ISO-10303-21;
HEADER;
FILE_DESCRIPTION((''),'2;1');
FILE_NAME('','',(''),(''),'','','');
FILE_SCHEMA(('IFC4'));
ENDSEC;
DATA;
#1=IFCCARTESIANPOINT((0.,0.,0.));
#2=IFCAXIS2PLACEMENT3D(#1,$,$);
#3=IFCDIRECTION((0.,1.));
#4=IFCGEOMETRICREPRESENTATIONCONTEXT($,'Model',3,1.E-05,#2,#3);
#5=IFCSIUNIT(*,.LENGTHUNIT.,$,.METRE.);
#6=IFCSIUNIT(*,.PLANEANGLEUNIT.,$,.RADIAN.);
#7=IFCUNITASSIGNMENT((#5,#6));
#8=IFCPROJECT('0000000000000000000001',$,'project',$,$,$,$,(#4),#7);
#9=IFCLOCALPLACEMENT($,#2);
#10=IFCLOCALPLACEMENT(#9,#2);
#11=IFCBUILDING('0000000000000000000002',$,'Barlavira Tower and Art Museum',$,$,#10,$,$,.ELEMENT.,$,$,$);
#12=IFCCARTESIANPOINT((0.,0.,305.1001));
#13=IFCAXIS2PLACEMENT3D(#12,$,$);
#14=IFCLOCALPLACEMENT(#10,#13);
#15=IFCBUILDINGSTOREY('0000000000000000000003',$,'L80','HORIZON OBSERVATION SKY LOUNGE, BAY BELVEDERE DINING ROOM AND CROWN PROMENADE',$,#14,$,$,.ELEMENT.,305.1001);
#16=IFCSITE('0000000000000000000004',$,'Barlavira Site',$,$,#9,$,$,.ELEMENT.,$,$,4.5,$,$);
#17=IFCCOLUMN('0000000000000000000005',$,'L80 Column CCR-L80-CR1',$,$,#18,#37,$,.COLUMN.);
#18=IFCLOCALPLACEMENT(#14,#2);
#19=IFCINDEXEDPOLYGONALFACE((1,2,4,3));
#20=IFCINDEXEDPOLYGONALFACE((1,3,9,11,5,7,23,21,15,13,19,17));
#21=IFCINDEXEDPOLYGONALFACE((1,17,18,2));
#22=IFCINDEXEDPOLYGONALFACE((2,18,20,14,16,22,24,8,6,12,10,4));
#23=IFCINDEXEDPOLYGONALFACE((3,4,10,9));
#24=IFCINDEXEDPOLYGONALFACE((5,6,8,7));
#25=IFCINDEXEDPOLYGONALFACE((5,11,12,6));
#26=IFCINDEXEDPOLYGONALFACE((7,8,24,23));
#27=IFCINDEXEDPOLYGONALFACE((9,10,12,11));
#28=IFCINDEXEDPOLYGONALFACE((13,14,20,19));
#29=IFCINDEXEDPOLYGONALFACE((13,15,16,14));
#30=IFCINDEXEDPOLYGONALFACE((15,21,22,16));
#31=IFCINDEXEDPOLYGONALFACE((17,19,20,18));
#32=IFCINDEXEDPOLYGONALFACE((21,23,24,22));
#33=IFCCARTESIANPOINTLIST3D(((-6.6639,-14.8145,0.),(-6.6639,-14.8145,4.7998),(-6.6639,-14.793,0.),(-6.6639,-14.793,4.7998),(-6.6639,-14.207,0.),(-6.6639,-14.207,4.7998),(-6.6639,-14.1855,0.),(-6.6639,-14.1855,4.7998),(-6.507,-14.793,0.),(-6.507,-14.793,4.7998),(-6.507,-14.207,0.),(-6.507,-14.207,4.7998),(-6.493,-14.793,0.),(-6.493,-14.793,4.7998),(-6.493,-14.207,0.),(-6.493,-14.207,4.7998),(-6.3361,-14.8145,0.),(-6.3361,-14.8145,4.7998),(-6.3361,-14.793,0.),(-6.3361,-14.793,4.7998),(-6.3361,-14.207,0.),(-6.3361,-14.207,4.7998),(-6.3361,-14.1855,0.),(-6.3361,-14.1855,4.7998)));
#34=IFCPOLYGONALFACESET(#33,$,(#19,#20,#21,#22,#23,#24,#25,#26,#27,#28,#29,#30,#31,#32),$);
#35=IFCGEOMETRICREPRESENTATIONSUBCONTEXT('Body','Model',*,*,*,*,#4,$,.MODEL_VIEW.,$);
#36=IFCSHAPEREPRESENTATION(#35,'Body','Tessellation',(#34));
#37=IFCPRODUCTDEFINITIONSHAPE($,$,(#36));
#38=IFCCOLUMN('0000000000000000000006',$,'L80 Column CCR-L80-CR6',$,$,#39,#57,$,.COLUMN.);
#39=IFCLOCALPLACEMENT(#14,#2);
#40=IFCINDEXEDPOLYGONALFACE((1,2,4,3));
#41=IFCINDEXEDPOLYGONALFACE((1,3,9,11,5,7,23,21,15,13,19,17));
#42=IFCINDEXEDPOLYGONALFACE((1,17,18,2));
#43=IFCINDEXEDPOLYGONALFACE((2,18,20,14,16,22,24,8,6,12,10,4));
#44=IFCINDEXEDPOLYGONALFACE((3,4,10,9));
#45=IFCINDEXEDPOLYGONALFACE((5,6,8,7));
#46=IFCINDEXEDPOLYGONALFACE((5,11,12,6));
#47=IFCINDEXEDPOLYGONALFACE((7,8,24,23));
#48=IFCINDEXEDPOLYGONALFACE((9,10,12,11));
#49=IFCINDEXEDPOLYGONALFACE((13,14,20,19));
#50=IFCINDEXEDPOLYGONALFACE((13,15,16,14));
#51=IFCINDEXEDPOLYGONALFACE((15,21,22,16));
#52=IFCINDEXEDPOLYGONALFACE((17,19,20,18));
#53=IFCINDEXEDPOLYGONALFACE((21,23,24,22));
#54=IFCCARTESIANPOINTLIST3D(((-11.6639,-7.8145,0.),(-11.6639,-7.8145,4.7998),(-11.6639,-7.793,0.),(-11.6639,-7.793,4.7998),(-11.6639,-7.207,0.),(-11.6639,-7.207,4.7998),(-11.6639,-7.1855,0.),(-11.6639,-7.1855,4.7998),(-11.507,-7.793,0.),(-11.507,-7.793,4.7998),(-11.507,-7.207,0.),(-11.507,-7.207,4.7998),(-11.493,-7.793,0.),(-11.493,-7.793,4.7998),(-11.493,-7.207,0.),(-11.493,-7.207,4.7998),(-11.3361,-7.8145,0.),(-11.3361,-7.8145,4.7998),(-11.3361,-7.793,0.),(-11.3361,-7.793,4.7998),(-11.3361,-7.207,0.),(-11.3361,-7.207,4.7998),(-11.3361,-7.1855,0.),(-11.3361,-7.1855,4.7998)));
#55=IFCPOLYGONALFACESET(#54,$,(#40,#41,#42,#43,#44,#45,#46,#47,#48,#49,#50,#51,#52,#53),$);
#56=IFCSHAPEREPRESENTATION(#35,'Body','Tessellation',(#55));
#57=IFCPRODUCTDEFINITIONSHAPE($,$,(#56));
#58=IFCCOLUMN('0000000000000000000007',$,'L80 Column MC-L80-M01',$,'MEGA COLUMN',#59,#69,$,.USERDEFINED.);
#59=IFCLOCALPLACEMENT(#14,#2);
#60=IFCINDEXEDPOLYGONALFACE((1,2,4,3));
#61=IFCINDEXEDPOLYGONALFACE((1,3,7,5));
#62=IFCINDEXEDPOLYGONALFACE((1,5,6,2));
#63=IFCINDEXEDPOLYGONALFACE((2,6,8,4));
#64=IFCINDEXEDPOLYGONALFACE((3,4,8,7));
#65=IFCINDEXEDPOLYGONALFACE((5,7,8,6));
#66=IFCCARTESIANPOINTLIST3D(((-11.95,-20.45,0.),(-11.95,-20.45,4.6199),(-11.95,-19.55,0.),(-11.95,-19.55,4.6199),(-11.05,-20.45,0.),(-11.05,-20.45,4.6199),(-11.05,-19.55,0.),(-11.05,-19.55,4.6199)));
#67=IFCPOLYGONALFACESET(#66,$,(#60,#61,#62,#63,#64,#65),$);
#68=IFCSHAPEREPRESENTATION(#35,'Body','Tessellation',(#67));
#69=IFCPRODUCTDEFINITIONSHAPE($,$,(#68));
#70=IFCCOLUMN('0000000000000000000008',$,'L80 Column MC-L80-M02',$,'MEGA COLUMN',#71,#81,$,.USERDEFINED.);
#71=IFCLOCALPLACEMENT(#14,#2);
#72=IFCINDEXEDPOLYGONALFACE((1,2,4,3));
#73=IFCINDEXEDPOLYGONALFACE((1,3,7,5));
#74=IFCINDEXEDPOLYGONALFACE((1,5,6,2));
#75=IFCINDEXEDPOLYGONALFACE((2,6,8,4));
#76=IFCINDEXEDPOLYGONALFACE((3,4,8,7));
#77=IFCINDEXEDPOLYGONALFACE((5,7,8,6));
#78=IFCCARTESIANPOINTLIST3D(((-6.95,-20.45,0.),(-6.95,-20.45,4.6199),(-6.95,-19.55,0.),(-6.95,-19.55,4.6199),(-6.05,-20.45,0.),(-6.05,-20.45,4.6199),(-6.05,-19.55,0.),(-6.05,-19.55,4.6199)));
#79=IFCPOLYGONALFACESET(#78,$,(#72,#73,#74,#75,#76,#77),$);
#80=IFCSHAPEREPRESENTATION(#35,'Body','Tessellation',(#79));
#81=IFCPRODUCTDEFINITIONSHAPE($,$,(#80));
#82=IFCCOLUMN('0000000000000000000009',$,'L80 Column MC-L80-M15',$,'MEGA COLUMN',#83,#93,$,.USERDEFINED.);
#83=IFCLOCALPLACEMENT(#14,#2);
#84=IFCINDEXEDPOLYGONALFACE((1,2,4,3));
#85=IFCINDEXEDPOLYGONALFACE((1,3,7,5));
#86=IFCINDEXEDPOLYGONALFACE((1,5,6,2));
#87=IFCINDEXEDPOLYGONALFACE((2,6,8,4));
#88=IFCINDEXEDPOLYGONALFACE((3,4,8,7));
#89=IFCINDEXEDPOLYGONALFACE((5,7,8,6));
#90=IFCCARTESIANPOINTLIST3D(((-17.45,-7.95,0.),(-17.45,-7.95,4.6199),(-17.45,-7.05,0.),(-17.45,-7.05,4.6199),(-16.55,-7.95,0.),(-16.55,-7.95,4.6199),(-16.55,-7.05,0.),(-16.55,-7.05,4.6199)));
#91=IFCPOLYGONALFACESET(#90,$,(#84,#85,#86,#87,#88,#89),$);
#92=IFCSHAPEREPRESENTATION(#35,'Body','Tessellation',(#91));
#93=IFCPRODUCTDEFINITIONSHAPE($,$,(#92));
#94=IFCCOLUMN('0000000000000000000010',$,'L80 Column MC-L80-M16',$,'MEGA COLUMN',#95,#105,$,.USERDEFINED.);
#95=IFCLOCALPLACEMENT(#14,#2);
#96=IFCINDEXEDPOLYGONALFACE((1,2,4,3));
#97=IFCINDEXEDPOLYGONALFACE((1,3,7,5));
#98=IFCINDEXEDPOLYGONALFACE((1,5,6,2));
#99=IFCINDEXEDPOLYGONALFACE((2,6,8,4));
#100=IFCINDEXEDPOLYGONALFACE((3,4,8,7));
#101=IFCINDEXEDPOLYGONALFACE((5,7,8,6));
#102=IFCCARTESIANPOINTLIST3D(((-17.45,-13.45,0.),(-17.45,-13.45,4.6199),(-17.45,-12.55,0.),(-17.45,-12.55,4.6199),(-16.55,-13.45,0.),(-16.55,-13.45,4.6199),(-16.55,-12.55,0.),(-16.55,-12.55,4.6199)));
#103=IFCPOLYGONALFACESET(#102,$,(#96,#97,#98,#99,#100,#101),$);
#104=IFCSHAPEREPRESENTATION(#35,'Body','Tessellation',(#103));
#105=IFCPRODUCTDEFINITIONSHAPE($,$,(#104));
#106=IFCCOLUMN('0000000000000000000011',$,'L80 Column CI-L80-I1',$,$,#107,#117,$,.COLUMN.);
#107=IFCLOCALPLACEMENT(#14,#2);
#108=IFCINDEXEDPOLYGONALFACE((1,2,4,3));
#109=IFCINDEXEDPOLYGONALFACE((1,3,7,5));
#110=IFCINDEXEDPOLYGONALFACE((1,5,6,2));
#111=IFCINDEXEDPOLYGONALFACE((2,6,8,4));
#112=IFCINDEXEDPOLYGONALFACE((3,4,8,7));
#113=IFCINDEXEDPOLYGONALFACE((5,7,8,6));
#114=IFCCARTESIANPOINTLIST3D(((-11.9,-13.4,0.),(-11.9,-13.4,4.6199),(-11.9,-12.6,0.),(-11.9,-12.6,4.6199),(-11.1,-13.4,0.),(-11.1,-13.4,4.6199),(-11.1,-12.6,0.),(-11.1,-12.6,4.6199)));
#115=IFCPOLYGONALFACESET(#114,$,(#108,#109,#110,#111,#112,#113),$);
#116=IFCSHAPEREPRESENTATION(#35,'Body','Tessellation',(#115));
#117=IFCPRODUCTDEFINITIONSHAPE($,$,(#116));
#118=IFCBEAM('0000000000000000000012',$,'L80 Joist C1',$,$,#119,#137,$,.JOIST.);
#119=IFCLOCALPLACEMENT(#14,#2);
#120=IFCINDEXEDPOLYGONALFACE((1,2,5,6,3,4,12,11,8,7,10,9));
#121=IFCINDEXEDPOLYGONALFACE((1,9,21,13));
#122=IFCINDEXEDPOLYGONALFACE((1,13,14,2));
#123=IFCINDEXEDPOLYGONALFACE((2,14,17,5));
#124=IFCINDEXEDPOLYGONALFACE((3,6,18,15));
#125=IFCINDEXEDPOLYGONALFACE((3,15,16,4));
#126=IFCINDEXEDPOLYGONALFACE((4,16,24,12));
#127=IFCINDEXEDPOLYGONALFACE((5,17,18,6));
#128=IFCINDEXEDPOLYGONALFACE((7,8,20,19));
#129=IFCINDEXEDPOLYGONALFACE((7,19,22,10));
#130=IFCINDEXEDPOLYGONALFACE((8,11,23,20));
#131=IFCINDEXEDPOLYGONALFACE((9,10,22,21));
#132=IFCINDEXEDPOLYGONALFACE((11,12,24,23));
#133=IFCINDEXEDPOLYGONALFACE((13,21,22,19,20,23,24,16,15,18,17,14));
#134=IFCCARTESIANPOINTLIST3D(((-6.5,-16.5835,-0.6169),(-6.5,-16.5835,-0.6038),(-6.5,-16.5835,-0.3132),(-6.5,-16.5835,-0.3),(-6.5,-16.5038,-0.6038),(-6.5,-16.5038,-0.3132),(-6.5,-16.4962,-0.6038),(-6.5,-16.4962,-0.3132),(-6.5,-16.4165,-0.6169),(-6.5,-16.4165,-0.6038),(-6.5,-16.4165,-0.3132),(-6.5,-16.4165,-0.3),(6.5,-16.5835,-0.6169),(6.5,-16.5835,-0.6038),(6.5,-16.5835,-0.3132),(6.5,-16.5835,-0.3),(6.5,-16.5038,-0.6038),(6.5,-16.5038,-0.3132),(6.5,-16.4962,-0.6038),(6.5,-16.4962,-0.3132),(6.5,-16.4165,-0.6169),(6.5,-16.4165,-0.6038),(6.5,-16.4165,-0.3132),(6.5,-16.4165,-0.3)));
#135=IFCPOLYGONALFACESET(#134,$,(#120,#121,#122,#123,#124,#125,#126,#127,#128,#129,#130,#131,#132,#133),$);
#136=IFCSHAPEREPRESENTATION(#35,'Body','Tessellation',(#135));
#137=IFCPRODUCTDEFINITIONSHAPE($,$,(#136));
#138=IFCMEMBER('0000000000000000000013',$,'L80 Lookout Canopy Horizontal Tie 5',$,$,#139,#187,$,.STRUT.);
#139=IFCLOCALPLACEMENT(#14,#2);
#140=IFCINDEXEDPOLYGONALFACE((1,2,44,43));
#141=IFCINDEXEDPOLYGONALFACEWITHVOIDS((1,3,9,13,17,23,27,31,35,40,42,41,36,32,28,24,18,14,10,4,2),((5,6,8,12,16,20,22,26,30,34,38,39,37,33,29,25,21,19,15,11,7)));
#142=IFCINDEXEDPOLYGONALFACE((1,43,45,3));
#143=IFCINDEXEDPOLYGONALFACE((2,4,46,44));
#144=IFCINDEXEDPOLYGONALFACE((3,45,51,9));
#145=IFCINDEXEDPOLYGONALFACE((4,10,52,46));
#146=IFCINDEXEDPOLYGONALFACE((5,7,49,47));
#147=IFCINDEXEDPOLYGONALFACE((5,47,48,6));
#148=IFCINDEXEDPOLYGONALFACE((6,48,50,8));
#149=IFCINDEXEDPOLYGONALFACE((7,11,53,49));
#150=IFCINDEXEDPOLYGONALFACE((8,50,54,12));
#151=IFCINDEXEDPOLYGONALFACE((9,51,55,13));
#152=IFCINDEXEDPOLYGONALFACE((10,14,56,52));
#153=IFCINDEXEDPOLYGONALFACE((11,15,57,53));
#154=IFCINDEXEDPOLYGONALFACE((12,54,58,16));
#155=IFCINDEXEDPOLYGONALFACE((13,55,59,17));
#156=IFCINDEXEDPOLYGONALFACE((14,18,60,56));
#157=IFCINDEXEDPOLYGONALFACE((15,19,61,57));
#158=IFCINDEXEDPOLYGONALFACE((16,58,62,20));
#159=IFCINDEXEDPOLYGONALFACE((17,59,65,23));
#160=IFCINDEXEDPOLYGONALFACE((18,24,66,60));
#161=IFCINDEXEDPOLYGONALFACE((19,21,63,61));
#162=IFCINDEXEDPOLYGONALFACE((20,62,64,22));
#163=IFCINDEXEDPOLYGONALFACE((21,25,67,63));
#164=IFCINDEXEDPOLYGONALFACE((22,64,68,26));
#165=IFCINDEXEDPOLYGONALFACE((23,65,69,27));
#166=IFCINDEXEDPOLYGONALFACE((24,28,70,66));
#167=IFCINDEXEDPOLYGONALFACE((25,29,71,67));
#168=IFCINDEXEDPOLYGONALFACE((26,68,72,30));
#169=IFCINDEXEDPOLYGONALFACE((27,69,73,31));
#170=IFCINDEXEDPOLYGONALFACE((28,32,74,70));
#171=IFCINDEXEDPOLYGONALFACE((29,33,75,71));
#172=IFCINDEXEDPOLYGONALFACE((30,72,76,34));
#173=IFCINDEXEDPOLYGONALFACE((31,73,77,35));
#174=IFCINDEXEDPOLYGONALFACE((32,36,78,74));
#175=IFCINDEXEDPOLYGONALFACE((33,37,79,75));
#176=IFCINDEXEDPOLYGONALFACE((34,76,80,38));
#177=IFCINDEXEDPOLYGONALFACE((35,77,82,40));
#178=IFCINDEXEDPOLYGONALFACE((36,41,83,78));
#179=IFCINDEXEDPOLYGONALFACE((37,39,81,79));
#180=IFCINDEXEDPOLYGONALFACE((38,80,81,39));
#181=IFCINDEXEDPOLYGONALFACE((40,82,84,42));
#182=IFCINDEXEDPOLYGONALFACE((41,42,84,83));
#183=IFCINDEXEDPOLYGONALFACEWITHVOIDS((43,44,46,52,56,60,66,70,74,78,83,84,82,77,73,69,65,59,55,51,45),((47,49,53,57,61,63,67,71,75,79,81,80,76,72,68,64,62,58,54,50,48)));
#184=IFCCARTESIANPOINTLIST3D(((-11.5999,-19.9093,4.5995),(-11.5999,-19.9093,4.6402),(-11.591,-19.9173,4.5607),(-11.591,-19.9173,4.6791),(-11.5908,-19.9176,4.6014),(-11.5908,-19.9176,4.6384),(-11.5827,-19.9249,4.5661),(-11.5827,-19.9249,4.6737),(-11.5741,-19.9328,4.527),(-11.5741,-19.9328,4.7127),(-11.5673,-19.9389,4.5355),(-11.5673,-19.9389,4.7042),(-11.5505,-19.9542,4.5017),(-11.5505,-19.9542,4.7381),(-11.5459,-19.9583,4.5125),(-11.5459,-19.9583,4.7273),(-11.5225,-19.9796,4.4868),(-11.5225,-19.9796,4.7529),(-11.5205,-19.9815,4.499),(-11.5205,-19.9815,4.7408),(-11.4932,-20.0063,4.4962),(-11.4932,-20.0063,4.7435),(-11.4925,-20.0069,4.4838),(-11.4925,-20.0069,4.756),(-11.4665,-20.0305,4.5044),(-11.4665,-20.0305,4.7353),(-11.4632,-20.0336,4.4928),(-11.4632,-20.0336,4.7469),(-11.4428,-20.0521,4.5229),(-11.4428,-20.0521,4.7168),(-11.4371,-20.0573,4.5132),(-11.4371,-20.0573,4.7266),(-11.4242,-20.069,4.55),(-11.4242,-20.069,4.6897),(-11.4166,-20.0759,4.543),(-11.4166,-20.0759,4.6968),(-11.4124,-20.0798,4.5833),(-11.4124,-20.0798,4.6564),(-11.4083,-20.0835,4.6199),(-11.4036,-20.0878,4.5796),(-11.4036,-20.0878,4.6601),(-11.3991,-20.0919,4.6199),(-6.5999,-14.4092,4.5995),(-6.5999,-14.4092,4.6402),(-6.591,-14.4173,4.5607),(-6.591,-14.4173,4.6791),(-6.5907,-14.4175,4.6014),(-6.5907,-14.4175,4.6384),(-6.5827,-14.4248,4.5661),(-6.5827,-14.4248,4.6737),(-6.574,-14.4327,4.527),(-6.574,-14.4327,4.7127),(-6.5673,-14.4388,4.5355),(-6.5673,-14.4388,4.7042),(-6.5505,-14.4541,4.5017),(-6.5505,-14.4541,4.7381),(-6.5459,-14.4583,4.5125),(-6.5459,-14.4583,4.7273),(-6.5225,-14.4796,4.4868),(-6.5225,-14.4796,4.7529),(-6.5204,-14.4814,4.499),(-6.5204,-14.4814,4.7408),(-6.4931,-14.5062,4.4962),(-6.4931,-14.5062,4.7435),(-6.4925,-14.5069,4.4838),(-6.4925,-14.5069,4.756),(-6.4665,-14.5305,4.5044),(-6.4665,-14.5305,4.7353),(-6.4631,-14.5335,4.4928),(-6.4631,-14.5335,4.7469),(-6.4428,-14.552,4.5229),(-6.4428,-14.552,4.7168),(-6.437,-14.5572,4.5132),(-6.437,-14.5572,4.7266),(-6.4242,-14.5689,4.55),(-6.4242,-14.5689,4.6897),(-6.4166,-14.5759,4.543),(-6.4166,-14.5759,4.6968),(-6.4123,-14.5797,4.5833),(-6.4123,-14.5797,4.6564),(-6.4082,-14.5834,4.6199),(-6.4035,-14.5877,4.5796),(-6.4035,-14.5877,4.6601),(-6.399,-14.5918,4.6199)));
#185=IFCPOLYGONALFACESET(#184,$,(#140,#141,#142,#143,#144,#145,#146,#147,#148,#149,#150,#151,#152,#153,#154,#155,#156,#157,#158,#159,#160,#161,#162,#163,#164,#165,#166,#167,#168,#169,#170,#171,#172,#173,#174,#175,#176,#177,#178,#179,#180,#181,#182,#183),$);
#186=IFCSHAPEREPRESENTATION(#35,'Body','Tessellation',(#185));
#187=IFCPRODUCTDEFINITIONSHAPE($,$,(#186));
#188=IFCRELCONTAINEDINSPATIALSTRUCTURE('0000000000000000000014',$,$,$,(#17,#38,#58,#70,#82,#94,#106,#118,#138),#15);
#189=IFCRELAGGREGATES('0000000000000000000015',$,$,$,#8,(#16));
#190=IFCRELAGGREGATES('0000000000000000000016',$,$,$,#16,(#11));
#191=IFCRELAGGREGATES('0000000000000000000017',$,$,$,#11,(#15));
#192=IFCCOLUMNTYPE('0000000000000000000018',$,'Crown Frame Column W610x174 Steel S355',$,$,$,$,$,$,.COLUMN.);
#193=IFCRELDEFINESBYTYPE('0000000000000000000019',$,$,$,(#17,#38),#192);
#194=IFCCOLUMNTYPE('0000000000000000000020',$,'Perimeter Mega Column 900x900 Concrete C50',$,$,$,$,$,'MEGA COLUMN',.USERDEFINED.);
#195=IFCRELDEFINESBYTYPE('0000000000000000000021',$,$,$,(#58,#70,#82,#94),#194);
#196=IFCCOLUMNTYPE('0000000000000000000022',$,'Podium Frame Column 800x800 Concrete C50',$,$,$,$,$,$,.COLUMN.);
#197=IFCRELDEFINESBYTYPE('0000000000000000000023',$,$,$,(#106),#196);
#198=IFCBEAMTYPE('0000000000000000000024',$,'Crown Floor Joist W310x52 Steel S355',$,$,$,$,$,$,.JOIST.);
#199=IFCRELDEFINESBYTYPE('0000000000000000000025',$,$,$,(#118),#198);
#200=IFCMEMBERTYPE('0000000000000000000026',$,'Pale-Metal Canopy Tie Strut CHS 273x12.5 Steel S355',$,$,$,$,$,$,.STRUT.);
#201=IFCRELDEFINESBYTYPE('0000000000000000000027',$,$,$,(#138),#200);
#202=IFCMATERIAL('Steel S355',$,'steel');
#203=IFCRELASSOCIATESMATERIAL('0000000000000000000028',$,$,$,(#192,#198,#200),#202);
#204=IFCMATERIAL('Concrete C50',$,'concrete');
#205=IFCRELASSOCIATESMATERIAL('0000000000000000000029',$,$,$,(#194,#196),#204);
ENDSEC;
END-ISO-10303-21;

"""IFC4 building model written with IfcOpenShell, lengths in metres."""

from ifc_helpers import new_model, si_unit, direction, frame, origin, origin_2d, place, context, subcontext, project, spatial, rectangle, hollow_circle, i_section, extrude, material, material_profile, profile_set, type_object, element, save


model = new_model("IFC4")

# Units and contexts
model_context = context("Model", 3, precision=1e-05, world=origin(), true_north=direction((0.0, 1.0)))
body_context = subcontext(model_context, "Body", "Model", "MODEL_VIEW")
ifc_project = project(units=[si_unit("LENGTHUNIT", "METRE"), si_unit("PLANEANGLEUNIT", "RADIAN")], contexts=[model_context])

# Site, building, storey
site_placement = place(None, origin())
site = spatial("IfcSite", under=ifc_project, at=site_placement, Name="Barlavira Site", CompositionType="ELEMENT", RefElevation=4.5)
building_placement = place(site_placement, origin())
building = spatial("IfcBuilding", under=site, at=building_placement, Name="Barlavira Tower and Art Museum", CompositionType="ELEMENT")
storey_placement = place(building_placement, frame((0.0, 0.0, 305.1001)))
storey = spatial("IfcBuildingStorey", under=building, at=storey_placement, Name="L80", Description="HORIZON OBSERVATION SKY LOUNGE, BAY BELVEDERE DINING ROOM AND CROWN PROMENADE", CompositionType="ELEMENT", Elevation=305.1001)

# Columns
ifc_material_1 = material(Name="Steel S355", Category="steel")
ifc_material_profile_1 = material_profile(ifc_material_1, i_section(OverallWidth=0.3279, OverallDepth=0.6289, WebThickness=0.0139, FlangeThickness=0.0215, at=origin_2d()), Name="W610x174.0")
ifc_profile_set_1 = profile_set([ifc_material_profile_1], Name="Steel S355")
column_type_1 = type_object("IfcColumnType", Name="Crown Frame Column W610x174 Steel S355", PredefinedType="COLUMN", material=ifc_profile_set_1)
for number, where, z_axis, x_axis, name in (
    (1, (-6.5, -14.5, 0.0), (0.0, 0.0, 1.0), (1.0, 0.0, 0.0), "L80 Column CCR-L80-CR1"),
    (2, (-11.5, -7.5, 0.0), (0.0, 0.0, 1.0), (1.0, 0.0, 0.0), "L80 Column CCR-L80-CR6"),
):
    element("IfcColumn", number, at=place(storey_placement, frame(where, z_axis=z_axis, x_axis=x_axis)), inside=storey, type_object=column_type_1, Name=name, PredefinedType="COLUMN", context=body_context, shape_type="SweptSolid", body=[
        extrude(i_section(OverallWidth=0.3279, OverallDepth=0.6289, WebThickness=0.0139, FlangeThickness=0.0215, at=origin_2d()), origin(), (0.0, 0.0, 1.0), 4.7998),
    ])
ifc_material_2 = material(Name="Concrete C50", Category="concrete")
ifc_material_profile_2 = material_profile(ifc_material_2, rectangle(XDim=0.8999, YDim=0.8999, at=origin_2d()), Name="RC-COL 900x900")
ifc_profile_set_2 = profile_set([ifc_material_profile_2], Name="Concrete C50")
column_type_2 = type_object("IfcColumnType", Name="Perimeter Mega Column 900x900 Concrete C50", ElementType="MEGA COLUMN", PredefinedType="USERDEFINED", material=ifc_profile_set_2)
for number, where, z_axis, x_axis, name in (
    (3, (-11.5, -20.0, 0.0), (0.0, 0.0, 1.0), (1.0, 0.0, 0.0), "L80 Column MC-L80-M01"),
    (4, (-6.5, -20.0, 0.0), (0.0, 0.0, 1.0), (1.0, 0.0, 0.0), "L80 Column MC-L80-M02"),
    (5, (-17.0, -7.5, 0.0), (0.0, 0.0, 1.0), (1.0, 0.0, 0.0), "L80 Column MC-L80-M15"),
    (6, (-17.0, -13.0, 0.0), (0.0, 0.0, 1.0), (1.0, 0.0, 0.0), "L80 Column MC-L80-M16"),
):
    element("IfcColumn", number, at=place(storey_placement, frame(where, z_axis=z_axis, x_axis=x_axis)), inside=storey, type_object=column_type_2, Name=name, ObjectType="MEGA COLUMN", PredefinedType="USERDEFINED", context=body_context, shape_type="SweptSolid", body=[
        extrude(rectangle(XDim=0.8999, YDim=0.8999, at=origin_2d()), origin(), (0.0, 0.0, 1.0), 4.6199),
    ])
ifc_material_profile_3 = material_profile(ifc_material_2, rectangle(XDim=0.8, YDim=0.8, at=origin_2d()), Name="RC-COL 800x800")
ifc_profile_set_3 = profile_set([ifc_material_profile_3], Name="Concrete C50")
column_type_3 = type_object("IfcColumnType", Name="Podium Frame Column 800x800 Concrete C50", PredefinedType="COLUMN", material=ifc_profile_set_3)
column_placement = place(storey_placement, frame((-11.5, -13.0, 0.0), z_axis=(0.0, 0.0, 1.0), x_axis=(1.0, 0.0, 0.0)))
element("IfcColumn", 7, at=column_placement, inside=storey, type_object=column_type_3, Name="L80 Column CI-L80-I1", PredefinedType="COLUMN", context=body_context, shape_type="SweptSolid", body=[
    extrude(rectangle(XDim=0.8, YDim=0.8, at=origin_2d()), origin(), (0.0, 0.0, 1.0), 4.6199),
])

# Beam
ifc_material_profile_4 = material_profile(ifc_material_1, i_section(OverallWidth=0.167, OverallDepth=0.3169, WebThickness=0.0076, FlangeThickness=0.0132, at=origin_2d()), Name="W310x52.0")
ifc_profile_set_4 = profile_set([ifc_material_profile_4], Name="Steel S355")
beam_type_1 = type_object("IfcBeamType", Name="Crown Floor Joist W310x52 Steel S355", PredefinedType="JOIST", material=ifc_profile_set_4)
beam_1_placement = place(storey_placement, frame((-6.5, -16.5, -0.4585), z_axis=(1.0, 0.0, 0.0), x_axis=(0.0, 1.0, 0.0)))
element("IfcBeam", 8, at=beam_1_placement, inside=storey, type_object=beam_type_1, Name="L80 Joist C1", PredefinedType="JOIST", context=body_context, shape_type="SweptSolid", body=[
    extrude(i_section(OverallWidth=0.167, OverallDepth=0.3169, WebThickness=0.0076, FlangeThickness=0.0132, at=origin_2d()), origin(), (0.0, 0.0, 1.0), 13.0),
])

# Member
ifc_material_profile_5 = material_profile(ifc_material_1, hollow_circle(Radius=0.1365, WallThickness=0.0125, at=origin_2d()), Name="CHS 273.0x12.5")
ifc_profile_set_5 = profile_set([ifc_material_profile_5], Name="Steel S355")
member_type_1 = type_object("IfcMemberType", Name="Pale-Metal Canopy Tie Strut CHS 273x12.5 Steel S355", PredefinedType="STRUT", material=ifc_profile_set_5)
member_1_placement = place(storey_placement, frame((-6.5, -14.5, 4.6199), z_axis=(-0.672673, -0.73994, 0.0), x_axis=(0.73994, -0.672673, 0.0)))
element("IfcMember", 9, at=member_1_placement, inside=storey, type_object=member_type_1, Name="L80 Lookout Canopy Horizontal Tie 5", PredefinedType="STRUT", context=body_context, shape_type="SweptSolid", body=[
    extrude(hollow_circle(Radius=0.1365, WallThickness=0.0125, at=origin_2d()), origin(), (0.0, 0.0, 1.0), 7.4331),
])

save(model, "model.ifc")
